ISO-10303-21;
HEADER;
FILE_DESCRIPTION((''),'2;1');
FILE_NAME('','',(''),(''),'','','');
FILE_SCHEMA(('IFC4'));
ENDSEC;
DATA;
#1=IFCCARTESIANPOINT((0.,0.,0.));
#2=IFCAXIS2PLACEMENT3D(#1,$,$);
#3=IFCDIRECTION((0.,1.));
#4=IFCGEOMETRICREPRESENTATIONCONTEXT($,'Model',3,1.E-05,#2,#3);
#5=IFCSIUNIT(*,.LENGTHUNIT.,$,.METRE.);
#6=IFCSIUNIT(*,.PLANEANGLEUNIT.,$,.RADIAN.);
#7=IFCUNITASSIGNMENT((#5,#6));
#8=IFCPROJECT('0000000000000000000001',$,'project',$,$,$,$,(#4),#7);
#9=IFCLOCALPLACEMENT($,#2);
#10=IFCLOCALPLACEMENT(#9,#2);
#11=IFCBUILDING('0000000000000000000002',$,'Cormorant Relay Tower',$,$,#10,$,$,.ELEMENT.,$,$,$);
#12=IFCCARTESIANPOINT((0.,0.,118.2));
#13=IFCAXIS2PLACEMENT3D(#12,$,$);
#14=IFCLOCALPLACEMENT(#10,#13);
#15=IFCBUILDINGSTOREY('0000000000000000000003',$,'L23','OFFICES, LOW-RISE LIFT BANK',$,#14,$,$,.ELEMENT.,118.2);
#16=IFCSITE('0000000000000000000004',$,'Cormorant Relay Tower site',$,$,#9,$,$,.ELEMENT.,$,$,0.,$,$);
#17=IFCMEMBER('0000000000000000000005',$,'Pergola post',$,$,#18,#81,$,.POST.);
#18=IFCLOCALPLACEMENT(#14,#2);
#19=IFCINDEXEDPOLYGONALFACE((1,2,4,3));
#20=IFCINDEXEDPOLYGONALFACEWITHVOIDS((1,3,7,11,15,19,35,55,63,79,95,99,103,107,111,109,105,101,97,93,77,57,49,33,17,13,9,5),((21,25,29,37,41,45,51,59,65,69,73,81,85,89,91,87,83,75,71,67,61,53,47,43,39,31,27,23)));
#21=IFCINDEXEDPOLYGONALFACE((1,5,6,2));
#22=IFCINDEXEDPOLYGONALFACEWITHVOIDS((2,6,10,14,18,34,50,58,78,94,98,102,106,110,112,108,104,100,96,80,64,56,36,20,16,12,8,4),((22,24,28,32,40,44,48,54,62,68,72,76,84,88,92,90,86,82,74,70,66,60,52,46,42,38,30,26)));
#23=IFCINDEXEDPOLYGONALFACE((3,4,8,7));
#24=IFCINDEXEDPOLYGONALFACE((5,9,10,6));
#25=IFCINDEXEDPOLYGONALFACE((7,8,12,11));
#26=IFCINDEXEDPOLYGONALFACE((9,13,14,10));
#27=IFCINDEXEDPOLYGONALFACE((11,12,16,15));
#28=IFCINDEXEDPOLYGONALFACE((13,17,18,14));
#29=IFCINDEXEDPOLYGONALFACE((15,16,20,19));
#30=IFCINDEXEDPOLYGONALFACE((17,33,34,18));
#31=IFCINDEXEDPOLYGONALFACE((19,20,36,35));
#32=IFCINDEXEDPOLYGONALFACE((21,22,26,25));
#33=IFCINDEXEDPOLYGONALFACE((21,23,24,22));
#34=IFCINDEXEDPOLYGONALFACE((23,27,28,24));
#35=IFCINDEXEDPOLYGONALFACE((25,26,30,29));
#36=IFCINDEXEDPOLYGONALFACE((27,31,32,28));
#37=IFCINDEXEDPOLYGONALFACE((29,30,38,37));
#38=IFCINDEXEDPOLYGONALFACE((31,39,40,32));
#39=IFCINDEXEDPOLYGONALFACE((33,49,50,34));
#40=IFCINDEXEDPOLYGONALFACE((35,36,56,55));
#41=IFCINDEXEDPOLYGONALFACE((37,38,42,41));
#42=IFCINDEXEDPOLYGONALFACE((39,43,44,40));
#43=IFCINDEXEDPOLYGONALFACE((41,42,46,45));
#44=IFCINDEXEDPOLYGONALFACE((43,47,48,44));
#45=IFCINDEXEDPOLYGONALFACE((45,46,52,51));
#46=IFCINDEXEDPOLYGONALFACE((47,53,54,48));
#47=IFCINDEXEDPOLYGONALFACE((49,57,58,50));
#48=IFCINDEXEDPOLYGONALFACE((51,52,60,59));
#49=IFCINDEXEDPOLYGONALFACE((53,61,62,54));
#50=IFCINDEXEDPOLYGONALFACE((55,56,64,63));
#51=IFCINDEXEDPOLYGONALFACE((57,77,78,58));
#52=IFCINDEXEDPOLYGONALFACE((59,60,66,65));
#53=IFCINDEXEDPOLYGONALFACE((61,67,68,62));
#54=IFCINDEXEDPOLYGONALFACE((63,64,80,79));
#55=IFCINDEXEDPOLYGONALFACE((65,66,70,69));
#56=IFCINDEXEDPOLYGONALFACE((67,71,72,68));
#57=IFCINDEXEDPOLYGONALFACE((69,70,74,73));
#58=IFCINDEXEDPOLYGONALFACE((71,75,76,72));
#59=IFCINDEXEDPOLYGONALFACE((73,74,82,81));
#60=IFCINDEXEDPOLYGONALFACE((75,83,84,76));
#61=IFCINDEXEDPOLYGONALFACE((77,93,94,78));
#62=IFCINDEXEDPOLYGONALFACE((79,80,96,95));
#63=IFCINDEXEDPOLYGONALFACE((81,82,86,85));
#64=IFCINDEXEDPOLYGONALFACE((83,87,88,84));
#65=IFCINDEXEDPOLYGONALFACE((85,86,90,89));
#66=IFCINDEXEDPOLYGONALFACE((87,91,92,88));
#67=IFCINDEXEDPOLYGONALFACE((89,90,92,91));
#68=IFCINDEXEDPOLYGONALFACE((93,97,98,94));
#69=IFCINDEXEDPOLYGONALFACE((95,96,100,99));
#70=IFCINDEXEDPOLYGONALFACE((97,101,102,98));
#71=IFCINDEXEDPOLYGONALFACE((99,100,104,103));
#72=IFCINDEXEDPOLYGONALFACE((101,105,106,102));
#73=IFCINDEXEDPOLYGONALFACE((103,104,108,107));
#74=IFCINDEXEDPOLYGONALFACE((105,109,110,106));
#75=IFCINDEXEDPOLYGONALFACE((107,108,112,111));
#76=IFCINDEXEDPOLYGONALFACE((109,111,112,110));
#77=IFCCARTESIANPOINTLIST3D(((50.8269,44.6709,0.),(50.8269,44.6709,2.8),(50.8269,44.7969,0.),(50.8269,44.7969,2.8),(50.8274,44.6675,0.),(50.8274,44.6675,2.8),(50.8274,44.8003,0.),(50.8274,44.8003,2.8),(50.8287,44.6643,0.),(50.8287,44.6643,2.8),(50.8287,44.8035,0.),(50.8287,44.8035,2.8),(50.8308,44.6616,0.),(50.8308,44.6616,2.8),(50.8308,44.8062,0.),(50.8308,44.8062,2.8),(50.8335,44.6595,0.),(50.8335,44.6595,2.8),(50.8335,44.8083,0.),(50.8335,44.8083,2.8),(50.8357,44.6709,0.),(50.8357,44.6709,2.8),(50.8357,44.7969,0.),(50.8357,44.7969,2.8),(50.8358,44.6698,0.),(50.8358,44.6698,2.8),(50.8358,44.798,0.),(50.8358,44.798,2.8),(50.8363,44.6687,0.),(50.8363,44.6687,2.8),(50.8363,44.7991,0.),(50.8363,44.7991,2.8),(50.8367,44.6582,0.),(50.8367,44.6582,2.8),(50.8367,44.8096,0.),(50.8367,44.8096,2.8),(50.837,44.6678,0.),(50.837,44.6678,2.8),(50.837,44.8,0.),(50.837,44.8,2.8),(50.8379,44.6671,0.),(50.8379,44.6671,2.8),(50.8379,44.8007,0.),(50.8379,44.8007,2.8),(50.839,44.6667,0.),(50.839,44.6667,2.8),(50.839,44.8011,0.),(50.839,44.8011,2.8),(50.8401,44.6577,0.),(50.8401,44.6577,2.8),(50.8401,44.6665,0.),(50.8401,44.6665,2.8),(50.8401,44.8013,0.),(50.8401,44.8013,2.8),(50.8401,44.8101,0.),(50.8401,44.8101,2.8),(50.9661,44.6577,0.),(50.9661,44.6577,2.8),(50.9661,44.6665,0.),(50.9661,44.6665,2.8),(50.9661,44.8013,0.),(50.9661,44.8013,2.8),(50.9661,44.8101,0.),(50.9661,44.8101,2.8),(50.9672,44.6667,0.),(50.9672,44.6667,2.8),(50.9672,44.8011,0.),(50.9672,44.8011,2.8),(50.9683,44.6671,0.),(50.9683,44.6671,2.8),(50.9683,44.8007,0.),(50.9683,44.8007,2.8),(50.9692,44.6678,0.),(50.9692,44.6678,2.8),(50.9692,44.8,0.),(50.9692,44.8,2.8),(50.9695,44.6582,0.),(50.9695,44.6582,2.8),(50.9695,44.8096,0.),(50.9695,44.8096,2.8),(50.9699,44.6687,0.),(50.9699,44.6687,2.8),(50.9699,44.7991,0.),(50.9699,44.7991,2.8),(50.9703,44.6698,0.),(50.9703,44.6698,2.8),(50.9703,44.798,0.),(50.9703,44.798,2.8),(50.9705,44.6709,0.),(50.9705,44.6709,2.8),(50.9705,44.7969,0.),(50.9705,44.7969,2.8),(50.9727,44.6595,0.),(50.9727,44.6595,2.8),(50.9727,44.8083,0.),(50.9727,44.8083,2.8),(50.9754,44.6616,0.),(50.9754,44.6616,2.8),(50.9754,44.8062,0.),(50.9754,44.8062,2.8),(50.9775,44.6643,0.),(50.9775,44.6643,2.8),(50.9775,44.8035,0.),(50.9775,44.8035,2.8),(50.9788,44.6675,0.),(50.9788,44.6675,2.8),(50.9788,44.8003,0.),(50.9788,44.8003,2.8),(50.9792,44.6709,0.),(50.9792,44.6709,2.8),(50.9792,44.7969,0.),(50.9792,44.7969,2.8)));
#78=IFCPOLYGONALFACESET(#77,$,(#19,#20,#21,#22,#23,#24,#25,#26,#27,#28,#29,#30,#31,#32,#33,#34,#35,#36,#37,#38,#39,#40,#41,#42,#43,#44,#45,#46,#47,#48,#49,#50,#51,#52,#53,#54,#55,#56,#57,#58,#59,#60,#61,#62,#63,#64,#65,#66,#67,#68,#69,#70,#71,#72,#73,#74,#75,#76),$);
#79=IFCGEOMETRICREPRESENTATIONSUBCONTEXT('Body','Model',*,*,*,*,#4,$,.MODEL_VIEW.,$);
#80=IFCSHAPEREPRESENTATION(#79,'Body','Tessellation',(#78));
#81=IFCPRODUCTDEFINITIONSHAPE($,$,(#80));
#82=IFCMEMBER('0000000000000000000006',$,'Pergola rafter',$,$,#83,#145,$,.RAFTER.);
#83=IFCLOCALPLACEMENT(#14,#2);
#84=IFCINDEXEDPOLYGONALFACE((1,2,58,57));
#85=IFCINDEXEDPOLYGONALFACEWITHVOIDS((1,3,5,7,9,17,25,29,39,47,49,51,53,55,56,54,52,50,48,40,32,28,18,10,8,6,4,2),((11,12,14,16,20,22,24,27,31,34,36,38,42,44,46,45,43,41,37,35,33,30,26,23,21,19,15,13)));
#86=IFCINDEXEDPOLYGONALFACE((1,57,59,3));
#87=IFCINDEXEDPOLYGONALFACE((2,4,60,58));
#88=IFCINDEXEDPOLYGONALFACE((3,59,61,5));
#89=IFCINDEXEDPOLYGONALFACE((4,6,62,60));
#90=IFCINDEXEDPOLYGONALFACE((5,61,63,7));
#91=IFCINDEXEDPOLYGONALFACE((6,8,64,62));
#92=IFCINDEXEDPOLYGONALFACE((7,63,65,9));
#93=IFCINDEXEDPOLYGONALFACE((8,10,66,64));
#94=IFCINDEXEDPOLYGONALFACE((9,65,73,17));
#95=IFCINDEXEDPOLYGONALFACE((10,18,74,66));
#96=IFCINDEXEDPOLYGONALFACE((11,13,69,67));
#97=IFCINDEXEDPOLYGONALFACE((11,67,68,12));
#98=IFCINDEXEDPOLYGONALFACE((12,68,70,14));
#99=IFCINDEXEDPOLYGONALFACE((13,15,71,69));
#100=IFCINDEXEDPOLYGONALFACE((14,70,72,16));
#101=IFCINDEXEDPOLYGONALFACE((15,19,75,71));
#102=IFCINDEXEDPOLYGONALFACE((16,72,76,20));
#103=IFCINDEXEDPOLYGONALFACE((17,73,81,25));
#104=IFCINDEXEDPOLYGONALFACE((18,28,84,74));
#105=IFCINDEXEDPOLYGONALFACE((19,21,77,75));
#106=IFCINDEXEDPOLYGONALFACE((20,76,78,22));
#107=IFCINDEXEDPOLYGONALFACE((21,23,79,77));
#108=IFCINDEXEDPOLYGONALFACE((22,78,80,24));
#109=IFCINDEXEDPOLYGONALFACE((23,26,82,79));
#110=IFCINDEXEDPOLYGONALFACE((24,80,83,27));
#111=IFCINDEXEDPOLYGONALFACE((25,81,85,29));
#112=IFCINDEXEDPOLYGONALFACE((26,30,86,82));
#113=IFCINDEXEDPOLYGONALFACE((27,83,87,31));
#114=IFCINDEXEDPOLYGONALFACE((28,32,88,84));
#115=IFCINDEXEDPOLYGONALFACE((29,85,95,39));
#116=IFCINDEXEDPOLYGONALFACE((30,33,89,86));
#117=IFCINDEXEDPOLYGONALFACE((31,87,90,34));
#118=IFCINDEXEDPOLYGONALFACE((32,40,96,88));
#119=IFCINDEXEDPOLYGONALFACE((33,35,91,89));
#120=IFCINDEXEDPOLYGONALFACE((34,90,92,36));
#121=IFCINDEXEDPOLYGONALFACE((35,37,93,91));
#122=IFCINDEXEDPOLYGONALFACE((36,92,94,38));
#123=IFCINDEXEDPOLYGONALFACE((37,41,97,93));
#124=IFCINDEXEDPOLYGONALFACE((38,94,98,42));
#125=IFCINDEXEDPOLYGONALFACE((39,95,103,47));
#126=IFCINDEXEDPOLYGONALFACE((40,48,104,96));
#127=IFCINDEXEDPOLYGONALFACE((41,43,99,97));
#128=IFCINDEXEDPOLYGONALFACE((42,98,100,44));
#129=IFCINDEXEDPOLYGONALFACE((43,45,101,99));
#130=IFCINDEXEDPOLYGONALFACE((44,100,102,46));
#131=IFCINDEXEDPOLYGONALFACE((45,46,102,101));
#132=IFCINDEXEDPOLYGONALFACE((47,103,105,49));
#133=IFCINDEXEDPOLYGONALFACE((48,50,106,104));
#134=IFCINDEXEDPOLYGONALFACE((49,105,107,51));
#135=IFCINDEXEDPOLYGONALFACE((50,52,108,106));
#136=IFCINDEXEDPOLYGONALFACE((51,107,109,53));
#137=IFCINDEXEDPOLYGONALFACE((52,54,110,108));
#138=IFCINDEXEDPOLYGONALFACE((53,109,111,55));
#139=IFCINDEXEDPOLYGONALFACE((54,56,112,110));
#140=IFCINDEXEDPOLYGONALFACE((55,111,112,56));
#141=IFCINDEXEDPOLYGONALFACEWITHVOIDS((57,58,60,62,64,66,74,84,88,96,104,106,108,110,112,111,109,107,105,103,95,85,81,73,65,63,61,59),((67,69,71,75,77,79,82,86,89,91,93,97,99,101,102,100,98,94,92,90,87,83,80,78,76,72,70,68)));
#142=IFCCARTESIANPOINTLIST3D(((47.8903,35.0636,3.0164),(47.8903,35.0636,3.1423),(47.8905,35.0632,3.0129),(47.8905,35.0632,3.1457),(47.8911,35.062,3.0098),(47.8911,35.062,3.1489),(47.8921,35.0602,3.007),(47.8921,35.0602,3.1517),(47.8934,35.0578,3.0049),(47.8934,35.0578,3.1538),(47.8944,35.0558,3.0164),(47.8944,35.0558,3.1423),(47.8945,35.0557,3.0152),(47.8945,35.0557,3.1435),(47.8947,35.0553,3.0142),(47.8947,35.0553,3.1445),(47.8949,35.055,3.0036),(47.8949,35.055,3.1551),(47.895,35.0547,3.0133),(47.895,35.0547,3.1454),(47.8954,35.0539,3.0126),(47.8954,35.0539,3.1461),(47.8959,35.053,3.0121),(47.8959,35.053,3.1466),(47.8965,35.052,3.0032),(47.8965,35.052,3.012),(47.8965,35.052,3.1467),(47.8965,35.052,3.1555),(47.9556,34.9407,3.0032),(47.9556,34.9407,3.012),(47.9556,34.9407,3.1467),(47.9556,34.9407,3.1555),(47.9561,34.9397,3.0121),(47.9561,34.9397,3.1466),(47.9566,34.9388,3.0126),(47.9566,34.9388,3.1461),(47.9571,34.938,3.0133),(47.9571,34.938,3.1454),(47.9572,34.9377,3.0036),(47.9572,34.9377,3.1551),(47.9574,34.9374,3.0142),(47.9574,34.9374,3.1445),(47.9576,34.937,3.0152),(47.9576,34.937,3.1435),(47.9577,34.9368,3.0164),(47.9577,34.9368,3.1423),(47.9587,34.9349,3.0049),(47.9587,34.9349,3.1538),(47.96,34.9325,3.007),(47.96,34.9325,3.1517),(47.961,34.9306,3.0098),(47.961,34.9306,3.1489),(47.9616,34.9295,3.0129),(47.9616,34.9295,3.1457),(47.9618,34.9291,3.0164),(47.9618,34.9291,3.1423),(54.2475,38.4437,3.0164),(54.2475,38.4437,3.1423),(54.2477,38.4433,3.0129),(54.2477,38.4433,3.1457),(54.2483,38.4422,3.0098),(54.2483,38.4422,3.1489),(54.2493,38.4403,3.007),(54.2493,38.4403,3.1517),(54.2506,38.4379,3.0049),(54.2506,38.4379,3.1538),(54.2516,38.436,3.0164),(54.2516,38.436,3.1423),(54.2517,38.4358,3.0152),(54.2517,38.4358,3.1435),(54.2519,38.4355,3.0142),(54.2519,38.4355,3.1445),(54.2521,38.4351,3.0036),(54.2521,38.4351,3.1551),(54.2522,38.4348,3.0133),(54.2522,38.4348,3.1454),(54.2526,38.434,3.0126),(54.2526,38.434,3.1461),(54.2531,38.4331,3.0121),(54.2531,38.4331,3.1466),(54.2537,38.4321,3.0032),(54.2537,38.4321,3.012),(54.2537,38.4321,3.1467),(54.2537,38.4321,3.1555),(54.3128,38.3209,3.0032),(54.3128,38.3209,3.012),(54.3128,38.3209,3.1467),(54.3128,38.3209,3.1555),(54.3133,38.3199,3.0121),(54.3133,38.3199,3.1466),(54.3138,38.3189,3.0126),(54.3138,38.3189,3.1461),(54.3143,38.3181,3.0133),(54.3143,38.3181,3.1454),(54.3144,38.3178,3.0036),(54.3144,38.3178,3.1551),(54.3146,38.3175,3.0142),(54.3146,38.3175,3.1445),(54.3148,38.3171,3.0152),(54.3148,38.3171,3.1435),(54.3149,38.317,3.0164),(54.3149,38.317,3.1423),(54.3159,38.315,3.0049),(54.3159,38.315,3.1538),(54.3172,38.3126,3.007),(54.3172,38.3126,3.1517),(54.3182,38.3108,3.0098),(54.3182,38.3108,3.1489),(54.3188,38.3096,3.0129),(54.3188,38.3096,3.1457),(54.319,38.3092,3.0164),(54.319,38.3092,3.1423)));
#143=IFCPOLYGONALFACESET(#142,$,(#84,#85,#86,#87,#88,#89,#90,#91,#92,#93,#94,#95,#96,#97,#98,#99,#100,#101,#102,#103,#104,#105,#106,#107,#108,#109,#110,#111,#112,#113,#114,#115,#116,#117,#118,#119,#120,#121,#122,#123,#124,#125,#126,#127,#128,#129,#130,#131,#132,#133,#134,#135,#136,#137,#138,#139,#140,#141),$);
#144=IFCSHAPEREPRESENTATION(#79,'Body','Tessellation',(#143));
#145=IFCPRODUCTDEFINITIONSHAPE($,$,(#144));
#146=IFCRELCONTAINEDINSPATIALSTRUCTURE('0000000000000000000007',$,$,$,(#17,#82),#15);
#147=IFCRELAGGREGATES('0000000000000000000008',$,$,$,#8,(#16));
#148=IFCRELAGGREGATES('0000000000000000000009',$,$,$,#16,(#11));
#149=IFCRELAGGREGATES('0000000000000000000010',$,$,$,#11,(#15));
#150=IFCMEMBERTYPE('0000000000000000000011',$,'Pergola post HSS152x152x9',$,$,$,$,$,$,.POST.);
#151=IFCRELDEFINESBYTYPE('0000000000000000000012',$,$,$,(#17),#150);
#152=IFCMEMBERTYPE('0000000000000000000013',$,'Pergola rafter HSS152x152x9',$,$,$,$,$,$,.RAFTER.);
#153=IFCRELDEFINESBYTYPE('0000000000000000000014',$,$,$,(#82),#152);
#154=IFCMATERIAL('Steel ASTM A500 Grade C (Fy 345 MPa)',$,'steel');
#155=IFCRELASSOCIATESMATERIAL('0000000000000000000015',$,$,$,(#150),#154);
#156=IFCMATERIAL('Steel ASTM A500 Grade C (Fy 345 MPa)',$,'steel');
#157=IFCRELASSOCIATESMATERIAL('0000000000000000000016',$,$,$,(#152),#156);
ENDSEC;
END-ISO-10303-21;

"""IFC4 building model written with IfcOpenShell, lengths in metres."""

from ifc_helpers import new_model, si_unit, direction, frame, origin, origin_2d, place, context, subcontext, project, spatial, hollow_rectangle, extrude, material, material_profile, profile_set, type_object, element, save


model = new_model("IFC4")

# Units and contexts
model_context = context("Model", 3, precision=1e-05, world=origin(), true_north=direction((0.0, 1.0)))
body_context = subcontext(model_context, "Body", "Model", "MODEL_VIEW")
ifc_project = project(units=[si_unit("LENGTHUNIT", "METRE"), si_unit("PLANEANGLEUNIT", "RADIAN")], contexts=[model_context])

# Site, building, storey
site_placement = place(None, origin())
site = spatial("IfcSite", under=ifc_project, at=site_placement, Name="Cormorant Relay Tower site", CompositionType="ELEMENT", RefElevation=0.0)
building_placement = place(site_placement, origin())
building = spatial("IfcBuilding", under=site, at=building_placement, Name="Cormorant Relay Tower", CompositionType="ELEMENT")
storey_placement = place(building_placement, frame((0.0, 0.0, 118.2)))
storey = spatial("IfcBuildingStorey", under=building, at=storey_placement, Name="L23", Description="OFFICES, LOW-RISE LIFT BANK", CompositionType="ELEMENT", Elevation=118.2)

# Members
ifc_material_1 = material(Name="Steel ASTM A500 Grade C (Fy 345 MPa)", Category="steel")
ifc_material_profile_1 = material_profile(ifc_material_1, hollow_rectangle(XDim=0.1523, YDim=0.1523, WallThickness=0.0088, InnerFilletRadius=0.0044, OuterFilletRadius=0.0132, at=origin_2d()), Name="HSS152x152x9")
ifc_profile_set_1 = profile_set([ifc_material_profile_1], Name="Steel ASTM A500 Grade C (Fy 345 MPa)")
member_type_1 = type_object("IfcMemberType", Name="Pergola post HSS152x152x9", PredefinedType="POST", material=ifc_profile_set_1)
for number, where, z_axis, x_axis, name in (
    (1, (50.9031, 44.7339, 0.0), (0.0, 0.0, 1.0), (1.0, 0.0, 0.0), "Pergola post"),
):
    element("IfcMember", number, at=place(storey_placement, frame(where, z_axis=z_axis, x_axis=x_axis)), inside=storey, type_object=member_type_1, Name=name, PredefinedType="POST", context=body_context, shape_type="SweptSolid", body=[
        extrude(hollow_rectangle(XDim=0.1523, YDim=0.1523, WallThickness=0.0088, InnerFilletRadius=0.0044, OuterFilletRadius=0.0132, at=origin_2d()), origin(), (0.0, 0.0, 1.0), 2.8),
    ])
ifc_material_2 = material(Name="Steel ASTM A500 Grade C (Fy 345 MPa)", Category="steel")
ifc_material_profile_2 = material_profile(ifc_material_2, hollow_rectangle(XDim=0.1523, YDim=0.1523, WallThickness=0.0088, InnerFilletRadius=0.0044, OuterFilletRadius=0.0132, at=origin_2d()), Name="HSS152x152x9")
ifc_profile_set_2 = profile_set([ifc_material_profile_2], Name="Steel ASTM A500 Grade C (Fy 345 MPa)")
member_type_2 = type_object("IfcMemberType", Name="Pergola rafter HSS152x152x9", PredefinedType="RAFTER", material=ifc_profile_set_2)
for number, where, z_axis, x_axis, name in (
    (2, (47.926, 34.9963, 3.0793), (0.88295, 0.469467, 0.0), (-0.469467, 0.88295, 0.0), "Pergola rafter"),
):
    element("IfcMember", number, at=place(storey_placement, frame(where, z_axis=z_axis, x_axis=x_axis)), inside=storey, type_object=member_type_2, Name=name, PredefinedType="RAFTER", context=body_context, shape_type="SweptSolid", body=[
        extrude(hollow_rectangle(XDim=0.1523, YDim=0.1523, WallThickness=0.0088, InnerFilletRadius=0.0044, OuterFilletRadius=0.0132, at=origin_2d()), origin(), (0.0, 0.0, 1.0), 7.2),
    ])

save(model, "model.ifc")
